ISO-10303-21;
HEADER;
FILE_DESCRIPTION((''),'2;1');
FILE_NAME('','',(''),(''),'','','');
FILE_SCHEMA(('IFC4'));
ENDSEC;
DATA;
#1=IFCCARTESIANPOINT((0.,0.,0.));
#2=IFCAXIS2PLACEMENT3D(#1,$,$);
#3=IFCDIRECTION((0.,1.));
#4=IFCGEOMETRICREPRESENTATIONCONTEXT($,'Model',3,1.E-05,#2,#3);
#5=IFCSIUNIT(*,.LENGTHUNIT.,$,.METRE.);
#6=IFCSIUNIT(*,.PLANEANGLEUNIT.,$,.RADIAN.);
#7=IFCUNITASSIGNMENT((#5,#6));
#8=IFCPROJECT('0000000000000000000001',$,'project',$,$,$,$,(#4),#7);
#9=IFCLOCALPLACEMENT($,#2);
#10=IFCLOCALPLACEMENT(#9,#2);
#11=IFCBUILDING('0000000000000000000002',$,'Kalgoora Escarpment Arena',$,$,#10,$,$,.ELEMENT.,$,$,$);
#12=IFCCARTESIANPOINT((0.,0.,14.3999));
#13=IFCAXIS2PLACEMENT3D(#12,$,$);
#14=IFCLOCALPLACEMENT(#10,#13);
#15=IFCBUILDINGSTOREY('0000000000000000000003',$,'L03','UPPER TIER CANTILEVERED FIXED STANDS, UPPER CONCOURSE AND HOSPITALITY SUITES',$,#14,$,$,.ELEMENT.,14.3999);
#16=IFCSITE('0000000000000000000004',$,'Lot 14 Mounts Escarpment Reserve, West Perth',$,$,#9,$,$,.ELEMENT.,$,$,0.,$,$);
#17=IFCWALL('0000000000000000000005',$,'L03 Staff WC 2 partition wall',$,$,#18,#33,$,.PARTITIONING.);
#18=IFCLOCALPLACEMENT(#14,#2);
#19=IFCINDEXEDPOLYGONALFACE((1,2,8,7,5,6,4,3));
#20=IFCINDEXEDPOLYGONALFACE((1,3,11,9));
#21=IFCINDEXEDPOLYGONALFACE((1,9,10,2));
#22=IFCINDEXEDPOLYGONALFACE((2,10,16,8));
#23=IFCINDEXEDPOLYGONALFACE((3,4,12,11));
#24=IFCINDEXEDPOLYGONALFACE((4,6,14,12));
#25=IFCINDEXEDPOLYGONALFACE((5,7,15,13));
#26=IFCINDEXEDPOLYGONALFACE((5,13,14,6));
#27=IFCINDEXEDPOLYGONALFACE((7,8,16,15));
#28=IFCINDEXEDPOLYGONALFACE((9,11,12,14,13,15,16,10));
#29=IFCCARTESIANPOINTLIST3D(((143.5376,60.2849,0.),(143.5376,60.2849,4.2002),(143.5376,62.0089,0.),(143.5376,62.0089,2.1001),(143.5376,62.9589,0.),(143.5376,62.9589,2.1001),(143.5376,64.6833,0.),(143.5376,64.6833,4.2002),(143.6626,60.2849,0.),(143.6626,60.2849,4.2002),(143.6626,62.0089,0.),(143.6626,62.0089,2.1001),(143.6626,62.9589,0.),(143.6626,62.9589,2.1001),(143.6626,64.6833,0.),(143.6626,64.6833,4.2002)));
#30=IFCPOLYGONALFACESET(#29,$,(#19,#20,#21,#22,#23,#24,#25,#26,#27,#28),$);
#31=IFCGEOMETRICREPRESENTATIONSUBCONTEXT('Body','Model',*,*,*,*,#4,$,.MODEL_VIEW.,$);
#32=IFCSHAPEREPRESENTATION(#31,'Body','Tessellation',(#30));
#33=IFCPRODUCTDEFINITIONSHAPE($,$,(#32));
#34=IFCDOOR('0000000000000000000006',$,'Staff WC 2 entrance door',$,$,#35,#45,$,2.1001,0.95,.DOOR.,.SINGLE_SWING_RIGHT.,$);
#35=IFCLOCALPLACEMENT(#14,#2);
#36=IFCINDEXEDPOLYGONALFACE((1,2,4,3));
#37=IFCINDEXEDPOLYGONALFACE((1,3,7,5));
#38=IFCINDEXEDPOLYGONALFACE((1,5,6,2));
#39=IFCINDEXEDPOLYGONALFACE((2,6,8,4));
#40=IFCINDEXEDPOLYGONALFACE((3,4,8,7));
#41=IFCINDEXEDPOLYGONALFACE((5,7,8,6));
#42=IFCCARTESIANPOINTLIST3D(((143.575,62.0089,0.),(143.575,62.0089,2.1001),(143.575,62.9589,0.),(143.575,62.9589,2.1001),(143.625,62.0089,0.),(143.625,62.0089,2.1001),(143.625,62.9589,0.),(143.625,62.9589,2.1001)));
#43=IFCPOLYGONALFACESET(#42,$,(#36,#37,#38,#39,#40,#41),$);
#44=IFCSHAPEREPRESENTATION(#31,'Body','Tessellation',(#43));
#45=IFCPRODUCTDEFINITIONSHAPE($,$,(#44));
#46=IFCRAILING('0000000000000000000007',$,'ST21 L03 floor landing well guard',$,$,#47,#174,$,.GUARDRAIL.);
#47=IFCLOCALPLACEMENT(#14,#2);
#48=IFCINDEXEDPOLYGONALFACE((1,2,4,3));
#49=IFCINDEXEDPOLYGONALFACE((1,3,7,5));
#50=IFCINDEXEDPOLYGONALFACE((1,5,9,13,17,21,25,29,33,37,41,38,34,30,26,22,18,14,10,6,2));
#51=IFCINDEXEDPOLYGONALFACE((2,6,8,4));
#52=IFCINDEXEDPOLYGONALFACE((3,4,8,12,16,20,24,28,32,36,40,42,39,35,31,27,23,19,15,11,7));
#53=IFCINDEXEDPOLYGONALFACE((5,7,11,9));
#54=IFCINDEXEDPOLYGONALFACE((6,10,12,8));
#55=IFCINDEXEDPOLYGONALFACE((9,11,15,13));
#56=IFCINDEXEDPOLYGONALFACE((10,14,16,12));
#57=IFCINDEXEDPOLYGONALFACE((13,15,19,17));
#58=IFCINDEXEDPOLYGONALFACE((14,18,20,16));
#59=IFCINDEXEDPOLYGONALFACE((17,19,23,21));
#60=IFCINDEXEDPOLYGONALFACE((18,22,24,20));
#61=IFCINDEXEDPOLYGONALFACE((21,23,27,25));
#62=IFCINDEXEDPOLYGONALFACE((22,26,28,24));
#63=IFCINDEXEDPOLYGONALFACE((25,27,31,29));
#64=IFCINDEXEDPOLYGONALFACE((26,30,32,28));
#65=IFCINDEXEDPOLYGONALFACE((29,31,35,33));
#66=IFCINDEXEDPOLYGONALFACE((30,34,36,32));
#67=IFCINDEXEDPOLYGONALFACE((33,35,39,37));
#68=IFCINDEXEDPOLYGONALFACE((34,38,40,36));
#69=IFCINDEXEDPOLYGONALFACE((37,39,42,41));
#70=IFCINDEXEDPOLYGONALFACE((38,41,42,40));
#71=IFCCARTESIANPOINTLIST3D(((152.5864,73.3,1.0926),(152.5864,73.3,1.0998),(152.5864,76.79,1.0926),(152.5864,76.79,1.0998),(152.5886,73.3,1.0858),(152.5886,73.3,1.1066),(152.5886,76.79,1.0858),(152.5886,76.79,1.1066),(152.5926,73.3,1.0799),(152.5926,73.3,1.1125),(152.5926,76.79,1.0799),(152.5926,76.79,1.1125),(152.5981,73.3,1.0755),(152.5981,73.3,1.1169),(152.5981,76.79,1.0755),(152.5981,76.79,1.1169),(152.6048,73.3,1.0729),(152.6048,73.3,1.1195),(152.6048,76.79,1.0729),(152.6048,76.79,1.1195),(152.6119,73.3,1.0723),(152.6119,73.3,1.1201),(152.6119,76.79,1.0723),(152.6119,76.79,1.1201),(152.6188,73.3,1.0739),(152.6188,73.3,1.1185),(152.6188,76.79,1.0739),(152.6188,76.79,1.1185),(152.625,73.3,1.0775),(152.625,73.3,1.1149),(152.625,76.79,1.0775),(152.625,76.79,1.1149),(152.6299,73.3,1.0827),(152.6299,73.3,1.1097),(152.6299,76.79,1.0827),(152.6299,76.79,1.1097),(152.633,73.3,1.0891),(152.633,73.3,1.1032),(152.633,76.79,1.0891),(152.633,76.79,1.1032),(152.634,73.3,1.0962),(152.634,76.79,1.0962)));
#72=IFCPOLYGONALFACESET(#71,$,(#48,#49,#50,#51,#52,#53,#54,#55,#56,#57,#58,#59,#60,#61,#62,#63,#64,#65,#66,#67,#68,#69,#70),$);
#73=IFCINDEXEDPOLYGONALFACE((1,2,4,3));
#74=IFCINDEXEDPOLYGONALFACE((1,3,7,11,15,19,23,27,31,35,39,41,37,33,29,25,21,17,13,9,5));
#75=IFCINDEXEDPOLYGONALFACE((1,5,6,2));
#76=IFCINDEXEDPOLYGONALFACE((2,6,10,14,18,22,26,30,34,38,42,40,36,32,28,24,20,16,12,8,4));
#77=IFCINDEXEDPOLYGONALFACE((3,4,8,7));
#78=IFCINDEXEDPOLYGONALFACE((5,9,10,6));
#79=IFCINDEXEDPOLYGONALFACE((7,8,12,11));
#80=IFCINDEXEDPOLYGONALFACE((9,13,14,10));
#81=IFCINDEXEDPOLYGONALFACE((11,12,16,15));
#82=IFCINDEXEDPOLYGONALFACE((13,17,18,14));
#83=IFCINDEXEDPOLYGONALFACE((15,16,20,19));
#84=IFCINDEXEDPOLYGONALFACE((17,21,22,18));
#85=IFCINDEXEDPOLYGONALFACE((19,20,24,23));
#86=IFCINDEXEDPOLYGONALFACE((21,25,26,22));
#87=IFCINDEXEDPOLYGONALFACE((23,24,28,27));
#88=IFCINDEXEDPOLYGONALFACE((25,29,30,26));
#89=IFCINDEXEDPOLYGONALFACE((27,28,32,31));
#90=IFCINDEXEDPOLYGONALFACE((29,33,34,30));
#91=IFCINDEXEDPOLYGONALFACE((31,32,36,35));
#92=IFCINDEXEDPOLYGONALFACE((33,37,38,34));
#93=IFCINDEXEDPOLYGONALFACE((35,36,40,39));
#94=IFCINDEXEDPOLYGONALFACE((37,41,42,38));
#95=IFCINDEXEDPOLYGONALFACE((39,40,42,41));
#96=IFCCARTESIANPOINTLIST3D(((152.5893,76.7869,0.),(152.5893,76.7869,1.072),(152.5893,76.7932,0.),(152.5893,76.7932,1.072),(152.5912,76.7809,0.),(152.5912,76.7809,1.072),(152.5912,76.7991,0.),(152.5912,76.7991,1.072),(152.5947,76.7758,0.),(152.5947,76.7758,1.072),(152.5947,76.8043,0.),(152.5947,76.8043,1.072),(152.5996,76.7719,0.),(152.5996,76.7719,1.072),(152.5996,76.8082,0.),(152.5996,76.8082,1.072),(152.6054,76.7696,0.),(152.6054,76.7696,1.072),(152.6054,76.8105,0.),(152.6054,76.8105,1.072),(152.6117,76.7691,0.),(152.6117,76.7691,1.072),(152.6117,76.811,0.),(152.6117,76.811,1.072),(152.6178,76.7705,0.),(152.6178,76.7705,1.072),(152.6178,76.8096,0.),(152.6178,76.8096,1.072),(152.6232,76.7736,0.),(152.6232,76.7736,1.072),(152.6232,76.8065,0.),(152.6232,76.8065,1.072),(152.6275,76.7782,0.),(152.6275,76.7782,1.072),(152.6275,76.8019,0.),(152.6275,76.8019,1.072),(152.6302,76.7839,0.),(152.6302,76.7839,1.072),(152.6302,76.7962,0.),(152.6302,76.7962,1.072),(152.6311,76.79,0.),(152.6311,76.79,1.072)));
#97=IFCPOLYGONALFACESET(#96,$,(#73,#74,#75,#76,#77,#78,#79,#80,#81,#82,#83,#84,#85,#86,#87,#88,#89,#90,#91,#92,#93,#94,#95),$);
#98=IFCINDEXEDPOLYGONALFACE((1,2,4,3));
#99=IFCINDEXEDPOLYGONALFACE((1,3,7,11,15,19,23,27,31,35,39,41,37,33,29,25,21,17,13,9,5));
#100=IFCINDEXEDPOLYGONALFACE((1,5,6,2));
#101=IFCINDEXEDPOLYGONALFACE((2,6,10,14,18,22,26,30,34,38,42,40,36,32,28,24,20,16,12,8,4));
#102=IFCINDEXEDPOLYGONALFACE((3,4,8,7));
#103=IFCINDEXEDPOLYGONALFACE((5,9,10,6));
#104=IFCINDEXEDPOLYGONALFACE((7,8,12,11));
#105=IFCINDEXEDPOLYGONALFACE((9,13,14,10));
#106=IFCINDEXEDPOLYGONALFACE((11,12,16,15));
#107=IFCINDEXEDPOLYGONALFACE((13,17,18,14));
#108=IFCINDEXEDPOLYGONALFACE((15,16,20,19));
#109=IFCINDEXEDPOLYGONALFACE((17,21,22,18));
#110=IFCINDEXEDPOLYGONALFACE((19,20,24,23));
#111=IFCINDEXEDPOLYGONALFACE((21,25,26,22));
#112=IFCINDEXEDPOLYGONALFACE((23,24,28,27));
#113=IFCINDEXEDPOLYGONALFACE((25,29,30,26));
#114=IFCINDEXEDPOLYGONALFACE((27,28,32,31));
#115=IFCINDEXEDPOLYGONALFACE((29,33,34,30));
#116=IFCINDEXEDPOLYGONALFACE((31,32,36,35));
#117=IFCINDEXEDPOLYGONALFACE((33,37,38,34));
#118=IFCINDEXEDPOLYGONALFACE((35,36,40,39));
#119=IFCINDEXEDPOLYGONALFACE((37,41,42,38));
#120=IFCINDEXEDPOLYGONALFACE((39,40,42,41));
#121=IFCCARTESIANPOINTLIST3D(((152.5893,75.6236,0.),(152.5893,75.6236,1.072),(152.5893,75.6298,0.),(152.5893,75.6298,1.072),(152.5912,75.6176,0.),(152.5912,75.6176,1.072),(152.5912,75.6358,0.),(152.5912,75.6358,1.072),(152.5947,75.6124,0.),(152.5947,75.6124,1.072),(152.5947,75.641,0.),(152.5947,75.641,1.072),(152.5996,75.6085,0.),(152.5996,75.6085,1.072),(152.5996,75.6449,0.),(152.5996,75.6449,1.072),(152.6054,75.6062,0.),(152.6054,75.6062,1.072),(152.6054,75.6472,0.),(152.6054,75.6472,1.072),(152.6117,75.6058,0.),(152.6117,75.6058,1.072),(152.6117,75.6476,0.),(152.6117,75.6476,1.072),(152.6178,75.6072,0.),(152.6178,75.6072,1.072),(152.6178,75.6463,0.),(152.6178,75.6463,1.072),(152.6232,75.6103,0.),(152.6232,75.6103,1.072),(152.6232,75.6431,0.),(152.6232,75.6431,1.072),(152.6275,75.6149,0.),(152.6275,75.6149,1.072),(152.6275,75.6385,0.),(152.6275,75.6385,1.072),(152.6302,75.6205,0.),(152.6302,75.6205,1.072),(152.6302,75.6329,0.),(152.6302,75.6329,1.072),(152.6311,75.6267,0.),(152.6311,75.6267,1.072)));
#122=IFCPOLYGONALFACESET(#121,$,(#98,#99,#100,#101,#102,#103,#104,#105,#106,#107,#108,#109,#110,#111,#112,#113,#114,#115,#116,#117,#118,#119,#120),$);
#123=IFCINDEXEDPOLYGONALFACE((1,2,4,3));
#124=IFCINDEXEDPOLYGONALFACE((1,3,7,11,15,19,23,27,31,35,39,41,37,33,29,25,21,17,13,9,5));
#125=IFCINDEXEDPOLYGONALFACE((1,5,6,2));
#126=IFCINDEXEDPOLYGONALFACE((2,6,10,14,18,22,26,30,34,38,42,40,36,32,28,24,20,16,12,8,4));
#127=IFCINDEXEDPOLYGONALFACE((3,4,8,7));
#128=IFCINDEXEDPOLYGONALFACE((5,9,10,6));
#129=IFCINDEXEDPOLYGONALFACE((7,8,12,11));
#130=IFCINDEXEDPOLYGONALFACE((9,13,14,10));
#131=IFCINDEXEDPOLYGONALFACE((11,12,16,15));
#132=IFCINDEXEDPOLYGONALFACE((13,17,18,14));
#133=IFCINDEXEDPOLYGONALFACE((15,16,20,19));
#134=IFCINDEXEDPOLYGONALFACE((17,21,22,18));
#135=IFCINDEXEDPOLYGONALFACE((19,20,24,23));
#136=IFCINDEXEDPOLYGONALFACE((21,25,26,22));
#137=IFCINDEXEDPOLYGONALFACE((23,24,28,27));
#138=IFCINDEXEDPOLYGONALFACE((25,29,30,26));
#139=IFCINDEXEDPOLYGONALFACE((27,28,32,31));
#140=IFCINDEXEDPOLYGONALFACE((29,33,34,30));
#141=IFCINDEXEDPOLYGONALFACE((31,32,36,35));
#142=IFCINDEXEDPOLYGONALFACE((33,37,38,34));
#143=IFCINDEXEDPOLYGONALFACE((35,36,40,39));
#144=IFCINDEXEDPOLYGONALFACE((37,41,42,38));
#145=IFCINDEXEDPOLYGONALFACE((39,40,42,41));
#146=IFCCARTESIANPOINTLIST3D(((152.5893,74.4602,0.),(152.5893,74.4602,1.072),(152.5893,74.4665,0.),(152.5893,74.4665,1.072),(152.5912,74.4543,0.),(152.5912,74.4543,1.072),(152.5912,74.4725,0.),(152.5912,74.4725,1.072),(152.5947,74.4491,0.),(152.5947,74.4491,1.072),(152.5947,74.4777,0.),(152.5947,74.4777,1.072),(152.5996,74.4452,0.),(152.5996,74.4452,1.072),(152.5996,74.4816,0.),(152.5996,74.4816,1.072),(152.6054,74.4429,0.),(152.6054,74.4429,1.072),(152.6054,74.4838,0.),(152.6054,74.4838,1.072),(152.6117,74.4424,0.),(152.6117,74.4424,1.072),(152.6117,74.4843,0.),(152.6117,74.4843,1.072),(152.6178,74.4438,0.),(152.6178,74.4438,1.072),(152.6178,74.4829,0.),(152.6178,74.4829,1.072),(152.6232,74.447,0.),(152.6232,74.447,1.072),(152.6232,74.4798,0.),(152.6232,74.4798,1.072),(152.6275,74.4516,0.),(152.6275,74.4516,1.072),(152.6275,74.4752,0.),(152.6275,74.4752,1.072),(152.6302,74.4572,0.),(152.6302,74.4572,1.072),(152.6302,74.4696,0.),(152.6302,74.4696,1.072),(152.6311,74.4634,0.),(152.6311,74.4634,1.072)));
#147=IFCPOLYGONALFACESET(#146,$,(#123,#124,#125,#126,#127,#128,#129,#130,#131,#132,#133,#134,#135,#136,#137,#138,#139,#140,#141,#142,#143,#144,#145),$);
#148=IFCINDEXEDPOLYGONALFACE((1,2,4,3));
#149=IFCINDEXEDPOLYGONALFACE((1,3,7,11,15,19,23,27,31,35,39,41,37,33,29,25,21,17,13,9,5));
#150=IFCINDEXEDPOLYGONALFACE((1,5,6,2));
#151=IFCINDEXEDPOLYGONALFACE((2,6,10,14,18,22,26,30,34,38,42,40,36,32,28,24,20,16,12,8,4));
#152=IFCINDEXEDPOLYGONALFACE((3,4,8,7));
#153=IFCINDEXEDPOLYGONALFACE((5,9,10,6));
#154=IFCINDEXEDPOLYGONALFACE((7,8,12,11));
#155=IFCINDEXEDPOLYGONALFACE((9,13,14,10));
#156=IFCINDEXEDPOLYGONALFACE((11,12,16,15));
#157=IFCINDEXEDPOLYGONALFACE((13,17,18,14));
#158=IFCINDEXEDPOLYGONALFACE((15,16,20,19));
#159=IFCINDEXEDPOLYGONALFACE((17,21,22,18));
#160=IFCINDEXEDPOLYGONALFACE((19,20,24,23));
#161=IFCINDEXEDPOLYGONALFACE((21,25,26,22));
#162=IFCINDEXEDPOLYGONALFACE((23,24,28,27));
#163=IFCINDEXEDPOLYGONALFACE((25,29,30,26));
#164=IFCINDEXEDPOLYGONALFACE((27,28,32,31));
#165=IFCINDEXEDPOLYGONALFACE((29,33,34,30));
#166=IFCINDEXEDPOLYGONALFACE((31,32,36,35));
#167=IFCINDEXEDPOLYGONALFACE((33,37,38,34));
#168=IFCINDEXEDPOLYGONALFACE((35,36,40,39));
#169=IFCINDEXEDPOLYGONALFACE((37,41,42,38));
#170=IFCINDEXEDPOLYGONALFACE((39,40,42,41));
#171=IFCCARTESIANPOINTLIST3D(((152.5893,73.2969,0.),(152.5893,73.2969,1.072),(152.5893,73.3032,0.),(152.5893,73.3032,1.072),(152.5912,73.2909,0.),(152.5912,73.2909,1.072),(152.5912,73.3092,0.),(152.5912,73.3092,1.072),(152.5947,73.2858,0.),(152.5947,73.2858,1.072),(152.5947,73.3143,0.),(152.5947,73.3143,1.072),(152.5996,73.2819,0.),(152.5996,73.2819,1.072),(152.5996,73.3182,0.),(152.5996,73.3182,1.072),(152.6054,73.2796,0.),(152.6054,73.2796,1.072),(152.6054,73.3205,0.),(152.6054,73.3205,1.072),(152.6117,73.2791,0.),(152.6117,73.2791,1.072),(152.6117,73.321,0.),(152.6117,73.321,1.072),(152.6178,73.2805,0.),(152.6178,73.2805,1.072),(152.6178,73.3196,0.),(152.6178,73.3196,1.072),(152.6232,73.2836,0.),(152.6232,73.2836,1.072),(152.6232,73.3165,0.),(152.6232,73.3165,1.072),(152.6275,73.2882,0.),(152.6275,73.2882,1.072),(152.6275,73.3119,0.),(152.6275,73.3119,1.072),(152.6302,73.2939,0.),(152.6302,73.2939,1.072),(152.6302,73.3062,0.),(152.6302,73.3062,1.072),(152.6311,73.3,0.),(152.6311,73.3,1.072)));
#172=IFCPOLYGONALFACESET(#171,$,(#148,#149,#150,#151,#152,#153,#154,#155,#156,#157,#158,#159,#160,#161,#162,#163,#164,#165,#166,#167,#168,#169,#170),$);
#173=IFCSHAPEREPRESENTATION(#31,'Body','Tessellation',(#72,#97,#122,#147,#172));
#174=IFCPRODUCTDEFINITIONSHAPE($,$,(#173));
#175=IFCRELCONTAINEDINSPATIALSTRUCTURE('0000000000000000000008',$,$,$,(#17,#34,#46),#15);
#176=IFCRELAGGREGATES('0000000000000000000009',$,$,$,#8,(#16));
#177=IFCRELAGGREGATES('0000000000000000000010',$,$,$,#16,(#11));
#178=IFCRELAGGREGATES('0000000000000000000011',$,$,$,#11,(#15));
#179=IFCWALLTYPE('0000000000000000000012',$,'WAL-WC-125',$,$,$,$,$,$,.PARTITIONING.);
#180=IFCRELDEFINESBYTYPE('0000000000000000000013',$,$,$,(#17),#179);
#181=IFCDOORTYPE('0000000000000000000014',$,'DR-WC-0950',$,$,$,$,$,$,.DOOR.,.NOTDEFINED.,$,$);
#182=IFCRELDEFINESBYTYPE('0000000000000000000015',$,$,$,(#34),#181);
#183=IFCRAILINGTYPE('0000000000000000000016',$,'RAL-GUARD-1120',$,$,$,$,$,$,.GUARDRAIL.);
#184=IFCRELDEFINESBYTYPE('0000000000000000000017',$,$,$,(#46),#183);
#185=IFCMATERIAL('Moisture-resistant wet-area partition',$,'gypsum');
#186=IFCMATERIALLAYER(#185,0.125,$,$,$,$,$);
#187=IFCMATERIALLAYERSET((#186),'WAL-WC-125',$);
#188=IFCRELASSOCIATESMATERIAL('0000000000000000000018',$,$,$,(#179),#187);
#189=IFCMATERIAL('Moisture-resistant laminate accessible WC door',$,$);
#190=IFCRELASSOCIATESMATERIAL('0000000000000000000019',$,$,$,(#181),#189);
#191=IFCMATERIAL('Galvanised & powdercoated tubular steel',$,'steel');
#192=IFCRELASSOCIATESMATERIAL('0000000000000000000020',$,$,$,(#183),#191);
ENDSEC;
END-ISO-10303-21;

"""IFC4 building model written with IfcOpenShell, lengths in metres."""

from ifc_helpers import new_model, si_unit, direction, frame, frame_2d, origin, origin_2d, place, context, subcontext, project, spatial, rectangle, circle, extrude, material, layer, layer_set, type_object, element, fill, save


model = new_model("IFC4")

# Units and contexts
model_context = context("Model", 3, precision=1e-05, world=origin(), true_north=direction((0.0, 1.0)))
body_context = subcontext(model_context, "Body", "Model", "MODEL_VIEW")
ifc_project = project(units=[si_unit("LENGTHUNIT", "METRE"), si_unit("PLANEANGLEUNIT", "RADIAN")], contexts=[model_context])

# Site, building, storey
site_placement = place(None, origin())
site = spatial("IfcSite", under=ifc_project, at=site_placement, Name="Lot 14 Mounts Escarpment Reserve, West Perth", CompositionType="ELEMENT", RefElevation=0.0)
building_placement = place(site_placement, origin())
building = spatial("IfcBuilding", under=site, at=building_placement, Name="Kalgoora Escarpment Arena", CompositionType="ELEMENT")
storey_placement = place(building_placement, frame((0.0, 0.0, 14.3999)))
storey = spatial("IfcBuildingStorey", under=building, at=storey_placement, Name="L03", Description="UPPER TIER CANTILEVERED FIXED STANDS, UPPER CONCOURSE AND HOSPITALITY SUITES", CompositionType="ELEMENT", Elevation=14.3999)

# Shared definitions
ifc_material_1 = material(Name="Moisture-resistant wet-area partition", Category="gypsum")
ifc_layer_1 = layer(ifc_material_1, 0.125)
ifc_layer_set_1 = layer_set([ifc_layer_1], Name="WAL-WC-125")
wall_type_1 = type_object("IfcWallType", Name="WAL-WC-125", PredefinedType="PARTITIONING", material=ifc_layer_set_1)

# Wall, opening, door
wall_1_placement = place(storey_placement, frame((143.6001, 64.6833, 0.0), z_axis=(0.0, 0.0, 1.0), x_axis=(0.0, -1.0, 0.0)))
wall_1 = element("IfcWall", 1, at=wall_1_placement, inside=storey, type_object=wall_type_1, Name="L03 Staff WC 2 partition wall", PredefinedType="PARTITIONING", context=body_context, shape_type="SweptSolid", body=[
    extrude(rectangle(XDim=4.3984, YDim=0.125, at=frame_2d((2.1992, 0.0))), origin(), (0.0, 0.0, 1.0), 4.2002),
])
opening_1_placement = place(wall_1_placement, frame((1.7244, 0.0, 0.0)))
opening_1 = element("IfcOpeningElement", 2, at=opening_1_placement, cuts=wall_1, PredefinedType="OPENING", context=body_context, shape_type="SweptSolid", body=[
    extrude(rectangle(XDim=0.95, YDim=2.1001, at=frame_2d((0.4751, 1.05))), frame((0.0, 0.0725, 0.0), z_axis=(0.0, -1.0, 0.0), x_axis=(1.0, 0.0, 0.0)), (0.0, 0.0, 1.0), 0.145),
])
ifc_material_2 = material(Name="Moisture-resistant laminate accessible WC door")
door_type_1 = type_object("IfcDoorType", Name="DR-WC-0950", OperationType="NOTDEFINED", PredefinedType="DOOR", material=ifc_material_2)
door_1_placement = place(opening_1_placement, origin())
door_1 = element("IfcDoor", 3, at=door_1_placement, inside=storey, type_object=door_type_1, Name="Staff WC 2 entrance door", OperationType="SINGLE_SWING_RIGHT", OverallHeight=2.1001, OverallWidth=0.95, PredefinedType="DOOR", context=body_context, shape_type="SweptSolid", body=[
    extrude(rectangle(XDim=0.95, YDim=2.1001, at=frame_2d((0.4751, 1.05))), frame((0.0, 0.0249, 0.0), z_axis=(0.0, -1.0, 0.0), x_axis=(1.0, 0.0, 0.0)), (0.0, 0.0, 1.0), 0.05),
])
fill(opening_1, door_1)

# Railing
ifc_material_3 = material(Name="Galvanised & powdercoated tubular steel", Category="steel")
railing_type = type_object("IfcRailingType", Name="RAL-GUARD-1120", PredefinedType="GUARDRAIL", material=ifc_material_3)
railing_1_placement = place(storey_placement, frame((152.6101, 76.79, 0.0)))
element("IfcRailing", 4, at=railing_1_placement, inside=storey, type_object=railing_type, Name="ST21 L03 floor landing well guard", PredefinedType="GUARDRAIL", context=body_context, shape_type="SweptSolid", body=[
    extrude(circle(Radius=0.0239, at=origin_2d()), frame((0.0, 0.0, 1.0962), z_axis=(0.0, -1.0, 0.0), x_axis=(1.0, 0.0, 0.0)), (0.0, 0.0, 1.0), 3.49),
    extrude(circle(Radius=0.021, at=origin_2d()), origin(), (0.0, 0.0, 1.0), 1.072),
    extrude(circle(Radius=0.021, at=origin_2d()), frame((0.0, -1.1633, 0.0)), (0.0, 0.0, 1.0), 1.072),
    extrude(circle(Radius=0.021, at=origin_2d()), frame((0.0, -2.3267, 0.0)), (0.0, 0.0, 1.0), 1.072),
    extrude(circle(Radius=0.021, at=origin_2d()), frame((0.0, -3.49, 0.0)), (0.0, 0.0, 1.0), 1.072),
])

save(model, "model.ifc")
